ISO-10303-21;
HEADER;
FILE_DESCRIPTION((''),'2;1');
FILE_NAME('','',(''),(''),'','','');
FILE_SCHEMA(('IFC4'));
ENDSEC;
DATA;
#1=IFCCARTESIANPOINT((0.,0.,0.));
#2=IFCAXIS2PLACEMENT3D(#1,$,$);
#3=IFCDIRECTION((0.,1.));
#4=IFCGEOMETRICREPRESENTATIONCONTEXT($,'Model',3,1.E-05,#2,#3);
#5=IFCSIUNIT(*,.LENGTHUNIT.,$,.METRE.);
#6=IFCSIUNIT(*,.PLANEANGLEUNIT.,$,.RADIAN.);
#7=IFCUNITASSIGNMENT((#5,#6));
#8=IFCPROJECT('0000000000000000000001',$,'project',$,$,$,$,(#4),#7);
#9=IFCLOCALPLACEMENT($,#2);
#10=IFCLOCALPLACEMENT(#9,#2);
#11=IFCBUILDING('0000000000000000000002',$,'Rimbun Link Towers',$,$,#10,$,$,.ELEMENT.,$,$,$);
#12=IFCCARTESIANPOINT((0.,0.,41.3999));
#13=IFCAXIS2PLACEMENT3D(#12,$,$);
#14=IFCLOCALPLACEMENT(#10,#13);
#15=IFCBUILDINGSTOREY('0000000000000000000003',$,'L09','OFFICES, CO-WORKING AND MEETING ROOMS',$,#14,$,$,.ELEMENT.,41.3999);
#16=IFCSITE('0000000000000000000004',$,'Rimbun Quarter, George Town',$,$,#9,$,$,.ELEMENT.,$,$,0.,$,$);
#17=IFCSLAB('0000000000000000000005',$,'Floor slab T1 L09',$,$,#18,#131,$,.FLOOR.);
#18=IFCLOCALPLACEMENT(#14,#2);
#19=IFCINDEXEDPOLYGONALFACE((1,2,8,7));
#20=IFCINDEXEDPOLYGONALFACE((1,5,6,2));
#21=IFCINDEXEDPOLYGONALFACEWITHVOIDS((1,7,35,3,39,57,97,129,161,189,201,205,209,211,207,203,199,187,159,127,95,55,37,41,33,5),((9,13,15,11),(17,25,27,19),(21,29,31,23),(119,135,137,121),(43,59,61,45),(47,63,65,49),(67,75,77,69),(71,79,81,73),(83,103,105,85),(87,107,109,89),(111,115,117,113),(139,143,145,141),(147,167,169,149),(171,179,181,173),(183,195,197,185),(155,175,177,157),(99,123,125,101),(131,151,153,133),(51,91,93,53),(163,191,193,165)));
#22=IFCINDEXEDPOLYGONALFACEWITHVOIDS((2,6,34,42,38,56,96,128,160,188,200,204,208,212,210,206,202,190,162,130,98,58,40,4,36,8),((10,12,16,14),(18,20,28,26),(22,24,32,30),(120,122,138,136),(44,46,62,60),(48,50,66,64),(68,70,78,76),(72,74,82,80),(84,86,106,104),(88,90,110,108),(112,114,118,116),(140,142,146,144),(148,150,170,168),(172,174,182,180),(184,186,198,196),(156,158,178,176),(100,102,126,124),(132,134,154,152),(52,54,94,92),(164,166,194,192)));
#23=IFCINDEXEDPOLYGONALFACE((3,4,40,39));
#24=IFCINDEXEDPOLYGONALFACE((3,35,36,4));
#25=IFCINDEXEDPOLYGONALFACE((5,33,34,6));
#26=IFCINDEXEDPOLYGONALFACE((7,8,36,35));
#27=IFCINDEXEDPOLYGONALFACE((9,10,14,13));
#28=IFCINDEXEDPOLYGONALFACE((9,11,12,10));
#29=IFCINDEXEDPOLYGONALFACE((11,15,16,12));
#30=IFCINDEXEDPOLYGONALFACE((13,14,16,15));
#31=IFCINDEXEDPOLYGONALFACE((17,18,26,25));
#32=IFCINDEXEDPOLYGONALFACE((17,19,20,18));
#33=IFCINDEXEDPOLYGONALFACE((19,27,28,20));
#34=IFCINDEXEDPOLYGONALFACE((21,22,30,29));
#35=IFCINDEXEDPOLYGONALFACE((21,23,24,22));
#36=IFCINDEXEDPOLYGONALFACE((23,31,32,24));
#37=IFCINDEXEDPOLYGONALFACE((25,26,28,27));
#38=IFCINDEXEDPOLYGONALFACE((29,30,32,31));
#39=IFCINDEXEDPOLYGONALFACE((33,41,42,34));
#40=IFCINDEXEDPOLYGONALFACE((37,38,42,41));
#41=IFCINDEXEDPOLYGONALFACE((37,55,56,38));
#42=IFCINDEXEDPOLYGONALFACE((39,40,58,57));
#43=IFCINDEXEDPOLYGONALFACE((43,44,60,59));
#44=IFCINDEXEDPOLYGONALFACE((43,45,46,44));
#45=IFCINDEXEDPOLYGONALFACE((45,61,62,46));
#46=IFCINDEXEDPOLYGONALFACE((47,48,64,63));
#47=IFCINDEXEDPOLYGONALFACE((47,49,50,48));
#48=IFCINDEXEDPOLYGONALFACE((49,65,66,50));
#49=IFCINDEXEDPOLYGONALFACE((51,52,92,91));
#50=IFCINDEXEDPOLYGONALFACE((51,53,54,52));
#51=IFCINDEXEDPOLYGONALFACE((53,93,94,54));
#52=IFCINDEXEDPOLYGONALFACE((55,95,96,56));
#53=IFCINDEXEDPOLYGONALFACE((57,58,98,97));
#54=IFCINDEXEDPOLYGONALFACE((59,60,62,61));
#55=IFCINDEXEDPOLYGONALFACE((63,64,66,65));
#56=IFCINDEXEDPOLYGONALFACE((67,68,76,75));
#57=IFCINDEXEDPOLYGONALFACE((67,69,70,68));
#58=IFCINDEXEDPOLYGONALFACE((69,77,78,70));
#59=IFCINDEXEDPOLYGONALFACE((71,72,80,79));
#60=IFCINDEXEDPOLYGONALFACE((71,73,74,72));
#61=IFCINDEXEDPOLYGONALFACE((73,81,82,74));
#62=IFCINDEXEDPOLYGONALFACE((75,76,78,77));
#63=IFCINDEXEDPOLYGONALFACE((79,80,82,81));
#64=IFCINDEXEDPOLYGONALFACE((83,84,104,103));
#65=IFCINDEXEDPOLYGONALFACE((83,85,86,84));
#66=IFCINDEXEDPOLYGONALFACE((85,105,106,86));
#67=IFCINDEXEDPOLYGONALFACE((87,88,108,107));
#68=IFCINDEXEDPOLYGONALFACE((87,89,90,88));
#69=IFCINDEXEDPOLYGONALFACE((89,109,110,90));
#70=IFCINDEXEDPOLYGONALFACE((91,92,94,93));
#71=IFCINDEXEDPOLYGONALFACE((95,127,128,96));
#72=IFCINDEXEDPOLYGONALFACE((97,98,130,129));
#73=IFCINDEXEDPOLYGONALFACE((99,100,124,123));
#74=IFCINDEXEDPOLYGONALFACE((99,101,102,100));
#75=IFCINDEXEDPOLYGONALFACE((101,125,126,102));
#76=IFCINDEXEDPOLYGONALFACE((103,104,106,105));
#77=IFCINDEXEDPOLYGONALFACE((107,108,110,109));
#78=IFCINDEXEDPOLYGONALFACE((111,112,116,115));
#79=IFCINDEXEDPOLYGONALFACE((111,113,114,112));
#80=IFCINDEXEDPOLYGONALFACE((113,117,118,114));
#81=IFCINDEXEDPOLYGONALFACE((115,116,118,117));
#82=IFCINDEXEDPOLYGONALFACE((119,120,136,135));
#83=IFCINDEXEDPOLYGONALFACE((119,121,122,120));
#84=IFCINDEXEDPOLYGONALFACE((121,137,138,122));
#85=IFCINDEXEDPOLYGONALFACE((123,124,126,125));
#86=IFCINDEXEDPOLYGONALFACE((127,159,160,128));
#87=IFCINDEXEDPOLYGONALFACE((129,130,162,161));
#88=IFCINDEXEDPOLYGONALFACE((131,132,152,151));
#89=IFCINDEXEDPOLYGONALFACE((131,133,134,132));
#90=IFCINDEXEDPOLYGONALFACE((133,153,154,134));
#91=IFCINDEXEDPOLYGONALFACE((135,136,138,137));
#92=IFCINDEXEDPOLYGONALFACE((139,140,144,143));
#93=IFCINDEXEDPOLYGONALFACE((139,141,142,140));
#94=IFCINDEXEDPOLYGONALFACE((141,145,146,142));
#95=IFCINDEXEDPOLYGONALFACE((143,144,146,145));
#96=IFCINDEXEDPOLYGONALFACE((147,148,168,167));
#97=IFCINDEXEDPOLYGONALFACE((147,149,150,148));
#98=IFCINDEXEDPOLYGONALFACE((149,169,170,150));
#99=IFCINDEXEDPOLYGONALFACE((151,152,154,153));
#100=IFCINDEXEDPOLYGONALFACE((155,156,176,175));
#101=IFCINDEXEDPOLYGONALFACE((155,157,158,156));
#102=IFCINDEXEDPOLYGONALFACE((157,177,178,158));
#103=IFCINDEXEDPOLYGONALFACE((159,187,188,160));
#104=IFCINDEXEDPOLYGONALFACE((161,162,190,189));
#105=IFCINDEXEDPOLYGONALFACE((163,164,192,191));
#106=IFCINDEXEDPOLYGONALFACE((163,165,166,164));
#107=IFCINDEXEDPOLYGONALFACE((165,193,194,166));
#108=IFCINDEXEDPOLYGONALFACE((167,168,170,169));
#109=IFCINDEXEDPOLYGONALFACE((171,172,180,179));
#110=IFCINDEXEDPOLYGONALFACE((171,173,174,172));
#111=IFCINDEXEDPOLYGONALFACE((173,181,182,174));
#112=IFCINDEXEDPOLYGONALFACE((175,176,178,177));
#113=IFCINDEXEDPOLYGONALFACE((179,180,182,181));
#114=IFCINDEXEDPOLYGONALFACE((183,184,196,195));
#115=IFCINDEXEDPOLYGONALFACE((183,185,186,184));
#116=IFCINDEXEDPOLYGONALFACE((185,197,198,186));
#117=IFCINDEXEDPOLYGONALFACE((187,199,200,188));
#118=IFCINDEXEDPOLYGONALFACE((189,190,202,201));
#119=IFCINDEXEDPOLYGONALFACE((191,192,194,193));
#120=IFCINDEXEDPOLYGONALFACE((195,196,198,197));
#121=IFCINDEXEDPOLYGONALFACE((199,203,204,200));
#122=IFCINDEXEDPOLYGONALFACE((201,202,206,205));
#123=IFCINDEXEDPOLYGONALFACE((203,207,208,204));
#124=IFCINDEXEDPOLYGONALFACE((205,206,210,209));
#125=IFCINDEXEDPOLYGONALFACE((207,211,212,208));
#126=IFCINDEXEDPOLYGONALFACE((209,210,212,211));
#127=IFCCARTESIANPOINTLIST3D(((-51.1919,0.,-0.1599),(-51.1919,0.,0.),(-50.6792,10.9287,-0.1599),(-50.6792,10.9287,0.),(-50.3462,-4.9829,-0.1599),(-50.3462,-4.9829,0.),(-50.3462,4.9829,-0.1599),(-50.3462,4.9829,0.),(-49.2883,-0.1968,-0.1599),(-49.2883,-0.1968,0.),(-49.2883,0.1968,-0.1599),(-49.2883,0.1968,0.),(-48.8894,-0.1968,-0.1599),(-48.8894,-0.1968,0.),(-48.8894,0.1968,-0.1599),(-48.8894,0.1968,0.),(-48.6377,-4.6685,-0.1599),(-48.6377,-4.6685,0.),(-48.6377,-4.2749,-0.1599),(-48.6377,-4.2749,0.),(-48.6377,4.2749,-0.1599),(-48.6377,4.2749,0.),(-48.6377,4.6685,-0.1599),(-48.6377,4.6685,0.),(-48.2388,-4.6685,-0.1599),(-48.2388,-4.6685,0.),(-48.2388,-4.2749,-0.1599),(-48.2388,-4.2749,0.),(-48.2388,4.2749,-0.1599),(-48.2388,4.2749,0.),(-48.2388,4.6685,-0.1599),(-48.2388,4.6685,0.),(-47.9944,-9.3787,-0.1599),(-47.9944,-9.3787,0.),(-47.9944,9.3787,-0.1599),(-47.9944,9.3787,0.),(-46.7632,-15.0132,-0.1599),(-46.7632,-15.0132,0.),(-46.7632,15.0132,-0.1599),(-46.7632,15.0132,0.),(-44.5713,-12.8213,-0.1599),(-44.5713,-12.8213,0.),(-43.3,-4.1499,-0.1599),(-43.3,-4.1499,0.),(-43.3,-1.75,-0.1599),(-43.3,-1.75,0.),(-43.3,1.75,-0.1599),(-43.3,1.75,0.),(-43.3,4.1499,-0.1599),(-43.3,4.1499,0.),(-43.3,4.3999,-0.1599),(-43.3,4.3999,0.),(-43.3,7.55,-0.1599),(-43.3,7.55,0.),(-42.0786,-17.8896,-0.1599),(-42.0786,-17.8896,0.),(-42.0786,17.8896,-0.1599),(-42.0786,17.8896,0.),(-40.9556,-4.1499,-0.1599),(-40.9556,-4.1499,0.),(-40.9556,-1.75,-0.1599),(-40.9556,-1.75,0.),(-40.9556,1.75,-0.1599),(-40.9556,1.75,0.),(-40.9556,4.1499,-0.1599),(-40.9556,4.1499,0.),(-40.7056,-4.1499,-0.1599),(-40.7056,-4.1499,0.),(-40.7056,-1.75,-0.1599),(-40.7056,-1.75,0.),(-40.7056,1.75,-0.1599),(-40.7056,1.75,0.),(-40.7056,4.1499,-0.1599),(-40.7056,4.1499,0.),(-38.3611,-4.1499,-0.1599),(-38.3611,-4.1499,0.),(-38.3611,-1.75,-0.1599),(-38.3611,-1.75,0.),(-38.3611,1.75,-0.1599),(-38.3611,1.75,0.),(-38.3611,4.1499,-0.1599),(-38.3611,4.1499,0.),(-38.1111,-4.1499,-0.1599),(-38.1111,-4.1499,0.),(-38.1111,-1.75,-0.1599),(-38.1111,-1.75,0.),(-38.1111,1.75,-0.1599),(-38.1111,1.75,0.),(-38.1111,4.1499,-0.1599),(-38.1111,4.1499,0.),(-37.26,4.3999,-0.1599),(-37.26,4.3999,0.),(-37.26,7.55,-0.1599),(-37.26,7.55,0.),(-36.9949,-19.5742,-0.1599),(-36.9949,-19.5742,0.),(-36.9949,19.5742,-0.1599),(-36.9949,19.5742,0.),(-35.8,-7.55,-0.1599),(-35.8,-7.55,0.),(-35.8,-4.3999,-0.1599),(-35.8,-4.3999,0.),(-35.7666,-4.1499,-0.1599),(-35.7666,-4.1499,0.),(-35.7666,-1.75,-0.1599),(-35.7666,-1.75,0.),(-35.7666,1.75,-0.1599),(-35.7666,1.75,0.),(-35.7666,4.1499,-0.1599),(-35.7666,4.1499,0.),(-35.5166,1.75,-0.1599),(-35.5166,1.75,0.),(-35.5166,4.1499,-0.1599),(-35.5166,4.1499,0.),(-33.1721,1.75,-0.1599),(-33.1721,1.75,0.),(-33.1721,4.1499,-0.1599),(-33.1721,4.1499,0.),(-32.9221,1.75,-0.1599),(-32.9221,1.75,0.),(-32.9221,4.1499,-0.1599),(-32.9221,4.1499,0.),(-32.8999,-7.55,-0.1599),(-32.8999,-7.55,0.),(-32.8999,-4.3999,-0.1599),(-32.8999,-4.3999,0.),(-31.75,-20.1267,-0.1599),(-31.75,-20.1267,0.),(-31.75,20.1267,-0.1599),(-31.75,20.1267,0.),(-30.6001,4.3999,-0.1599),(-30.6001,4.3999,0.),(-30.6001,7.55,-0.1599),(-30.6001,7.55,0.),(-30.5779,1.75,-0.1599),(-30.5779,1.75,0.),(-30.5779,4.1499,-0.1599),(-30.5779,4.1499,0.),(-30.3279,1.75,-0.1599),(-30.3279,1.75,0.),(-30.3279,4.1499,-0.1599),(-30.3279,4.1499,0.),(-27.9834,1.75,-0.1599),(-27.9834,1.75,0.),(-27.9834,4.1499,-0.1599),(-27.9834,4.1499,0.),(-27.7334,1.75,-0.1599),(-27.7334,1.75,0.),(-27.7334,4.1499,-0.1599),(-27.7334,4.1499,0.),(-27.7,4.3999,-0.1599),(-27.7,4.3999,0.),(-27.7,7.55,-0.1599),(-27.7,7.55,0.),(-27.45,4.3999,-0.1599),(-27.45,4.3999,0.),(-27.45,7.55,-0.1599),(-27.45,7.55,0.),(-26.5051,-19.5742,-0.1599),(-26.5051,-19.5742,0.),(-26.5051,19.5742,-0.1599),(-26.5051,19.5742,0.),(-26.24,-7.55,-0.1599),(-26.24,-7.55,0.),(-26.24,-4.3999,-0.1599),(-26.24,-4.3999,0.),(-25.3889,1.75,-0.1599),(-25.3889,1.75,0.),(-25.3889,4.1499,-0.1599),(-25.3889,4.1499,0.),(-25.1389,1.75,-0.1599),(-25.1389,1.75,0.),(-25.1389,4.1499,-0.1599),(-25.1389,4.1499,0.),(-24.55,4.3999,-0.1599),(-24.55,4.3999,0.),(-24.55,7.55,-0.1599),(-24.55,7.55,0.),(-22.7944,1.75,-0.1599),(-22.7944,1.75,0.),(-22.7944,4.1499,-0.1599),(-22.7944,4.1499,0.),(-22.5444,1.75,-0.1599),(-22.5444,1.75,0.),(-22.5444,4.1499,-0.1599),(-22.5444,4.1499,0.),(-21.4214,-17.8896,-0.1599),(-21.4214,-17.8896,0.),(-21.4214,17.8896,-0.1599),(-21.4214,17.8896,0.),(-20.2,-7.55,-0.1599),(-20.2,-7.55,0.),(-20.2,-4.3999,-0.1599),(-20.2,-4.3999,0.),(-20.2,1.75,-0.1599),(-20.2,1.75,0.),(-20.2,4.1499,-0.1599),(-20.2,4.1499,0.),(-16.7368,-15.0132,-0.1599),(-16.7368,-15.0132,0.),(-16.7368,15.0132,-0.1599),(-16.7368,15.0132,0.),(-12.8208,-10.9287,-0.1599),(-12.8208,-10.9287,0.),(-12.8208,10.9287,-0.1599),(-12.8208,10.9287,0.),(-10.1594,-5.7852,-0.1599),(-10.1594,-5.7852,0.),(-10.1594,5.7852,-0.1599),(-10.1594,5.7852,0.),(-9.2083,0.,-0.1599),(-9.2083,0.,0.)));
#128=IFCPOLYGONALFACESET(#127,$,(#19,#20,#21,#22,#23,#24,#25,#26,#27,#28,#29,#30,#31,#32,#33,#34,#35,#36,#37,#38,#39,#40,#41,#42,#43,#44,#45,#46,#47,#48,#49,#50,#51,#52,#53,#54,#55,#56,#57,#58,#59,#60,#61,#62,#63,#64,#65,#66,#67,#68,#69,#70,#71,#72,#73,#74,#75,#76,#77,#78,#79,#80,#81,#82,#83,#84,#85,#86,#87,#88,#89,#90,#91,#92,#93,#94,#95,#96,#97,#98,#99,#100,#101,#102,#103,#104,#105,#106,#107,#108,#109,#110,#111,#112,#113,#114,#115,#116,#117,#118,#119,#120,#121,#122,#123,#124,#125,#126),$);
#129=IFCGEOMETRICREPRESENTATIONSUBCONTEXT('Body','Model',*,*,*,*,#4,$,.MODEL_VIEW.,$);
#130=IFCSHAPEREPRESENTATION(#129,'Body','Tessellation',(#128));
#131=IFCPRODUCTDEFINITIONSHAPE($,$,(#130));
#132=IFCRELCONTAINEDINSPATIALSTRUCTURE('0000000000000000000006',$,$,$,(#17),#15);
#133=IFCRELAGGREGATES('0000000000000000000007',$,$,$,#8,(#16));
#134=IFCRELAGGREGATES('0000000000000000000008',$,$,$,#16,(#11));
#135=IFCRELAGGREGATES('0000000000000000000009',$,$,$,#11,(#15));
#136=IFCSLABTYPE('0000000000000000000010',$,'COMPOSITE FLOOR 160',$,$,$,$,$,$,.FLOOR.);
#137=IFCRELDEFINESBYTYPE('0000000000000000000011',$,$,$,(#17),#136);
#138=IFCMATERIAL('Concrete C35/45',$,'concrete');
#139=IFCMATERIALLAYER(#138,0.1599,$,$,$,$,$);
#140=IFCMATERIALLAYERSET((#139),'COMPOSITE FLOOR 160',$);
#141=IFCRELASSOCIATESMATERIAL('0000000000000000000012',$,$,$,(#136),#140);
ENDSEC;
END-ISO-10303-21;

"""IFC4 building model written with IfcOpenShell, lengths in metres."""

from ifc_helpers import new_model, si_unit, direction, frame, origin, place, context, subcontext, project, spatial, polyline, outline, extrude, material, layer, layer_set, type_object, element, save


model = new_model("IFC4")

# Units and contexts
model_context = context("Model", 3, precision=1e-05, world=origin(), true_north=direction((0.0, 1.0)))
body_context = subcontext(model_context, "Body", "Model", "MODEL_VIEW")
ifc_project = project(units=[si_unit("LENGTHUNIT", "METRE"), si_unit("PLANEANGLEUNIT", "RADIAN")], contexts=[model_context])

# Site, building, storey
site_placement = place(None, origin())
site = spatial("IfcSite", under=ifc_project, at=site_placement, Name="Rimbun Quarter, George Town", CompositionType="ELEMENT", RefElevation=0.0)
building_placement = place(site_placement, origin())
building = spatial("IfcBuilding", under=site, at=building_placement, Name="Rimbun Link Towers", CompositionType="ELEMENT")
storey_placement = place(building_placement, frame((0.0, 0.0, 41.3999)))
storey = spatial("IfcBuildingStorey", under=building, at=storey_placement, Name="L09", Description="OFFICES, CO-WORKING AND MEETING ROOMS", CompositionType="ELEMENT", Elevation=41.3999)

# Slab
ifc_material_1 = material(Name="Concrete C35/45", Category="concrete")
ifc_layer_1 = layer(ifc_material_1, 0.1599)
ifc_layer_set_1 = layer_set([ifc_layer_1], Name="COMPOSITE FLOOR 160")
slab_type_1 = type_object("IfcSlabType", Name="COMPOSITE FLOOR 160", PredefinedType="FLOOR", material=ifc_layer_set_1)
slab_1_placement = place(storey_placement, frame((0.0, 0.0, -0.1599)))
element("IfcSlab", 1, at=slab_1_placement, inside=storey, type_object=slab_type_1, Name="Floor slab T1 L09", PredefinedType="FLOOR", context=body_context, shape_type="SweptSolid", body=[
    extrude(outline(polyline([(-46.7632, 15.0132), (-42.0786, 17.8896), (-36.9949, 19.5742), (-31.75, 20.1267), (-26.5051, 19.5742), (-21.4214, 17.8896), (-16.7368, 15.0132), (-12.8208, 10.9287), (-10.1594, 5.7852), (-9.2083, 0.0), (-10.1594, -5.7852), (-12.8208, -10.9287), (-16.7368, -15.0132), (-21.4214, -17.8896), (-26.5051, -19.5742), (-31.75, -20.1267), (-36.9949, -19.5742), (-42.0786, -17.8896), (-46.7632, -15.0132), (-44.5713, -12.8213), (-47.9944, -9.3787), (-50.3462, -4.9829), (-51.1919, 0.0), (-50.3462, 4.9829), (-47.9944, 9.3787), (-50.6792, 10.9287), (-46.7632, 15.0132)]), holes=[polyline([(-48.2388, -4.6685), (-48.2388, -4.2749), (-48.6377, -4.2749), (-48.6377, -4.6685), (-48.2388, -4.6685)]), polyline([(-40.9556, -4.1499), (-40.9556, -1.75), (-43.3, -1.75), (-43.3, -4.1499), (-40.9556, -4.1499)]), polyline([(-38.3611, -4.1499), (-38.3611, -1.75), (-40.7056, -1.75), (-40.7056, -4.1499), (-38.3611, -4.1499)]), polyline([(-38.1111, -4.1499), (-35.7666, -4.1499), (-35.7666, -1.75), (-38.1111, -1.75), (-38.1111, -4.1499)]), polyline([(-49.2883, -0.1968), (-48.8894, -0.1968), (-48.8894, 0.1968), (-49.2883, 0.1968), (-49.2883, -0.1968)]), polyline([(-40.9556, 1.75), (-40.9556, 4.1499), (-43.3, 4.1499), (-43.3, 1.75), (-40.9556, 1.75)]), polyline([(-38.3611, 1.75), (-38.3611, 4.1499), (-40.7056, 4.1499), (-40.7056, 1.75), (-38.3611, 1.75)]), polyline([(-35.7666, 1.75), (-35.7666, 4.1499), (-38.1111, 4.1499), (-38.1111, 1.75), (-35.7666, 1.75)]), polyline([(-48.6377, 4.2749), (-48.2388, 4.2749), (-48.2388, 4.6685), (-48.6377, 4.6685), (-48.6377, 4.2749)]), polyline([(-43.3, 4.3999), (-37.26, 4.3999), (-37.26, 7.55), (-43.3, 7.55), (-43.3, 4.3999)]), polyline([(-32.8999, -7.55), (-32.8999, -4.3999), (-35.8, -4.3999), (-35.8, -7.55), (-32.8999, -7.55)]), polyline([(-20.2, -7.55), (-20.2, -4.3999), (-26.24, -4.3999), (-26.24, -7.55), (-20.2, -7.55)]), polyline([(-33.1721, 1.75), (-33.1721, 4.1499), (-35.5166, 4.1499), (-35.5166, 1.75), (-33.1721, 1.75)]), polyline([(-32.9221, 1.75), (-30.5779, 1.75), (-30.5779, 4.1499), (-32.9221, 4.1499), (-32.9221, 1.75)]), polyline([(-30.3279, 1.75), (-27.9834, 1.75), (-27.9834, 4.1499), (-30.3279, 4.1499), (-30.3279, 1.75)]), polyline([(-25.3889, 1.75), (-25.3889, 4.1499), (-27.7334, 4.1499), (-27.7334, 1.75), (-25.3889, 1.75)]), polyline([(-22.7944, 1.75), (-22.7944, 4.1499), (-25.1389, 4.1499), (-25.1389, 1.75), (-22.7944, 1.75)]), polyline([(-20.2, 1.75), (-20.2, 4.1499), (-22.5444, 4.1499), (-22.5444, 1.75), (-20.2, 1.75)]), polyline([(-30.6001, 4.3999), (-27.7, 4.3999), (-27.7, 7.55), (-30.6001, 7.55), (-30.6001, 4.3999)]), polyline([(-27.45, 4.3999), (-24.55, 4.3999), (-24.55, 7.55), (-27.45, 7.55), (-27.45, 4.3999)])]), origin(), (0.0, 0.0, 1.0), 0.1599),
])

save(model, "model.ifc")
